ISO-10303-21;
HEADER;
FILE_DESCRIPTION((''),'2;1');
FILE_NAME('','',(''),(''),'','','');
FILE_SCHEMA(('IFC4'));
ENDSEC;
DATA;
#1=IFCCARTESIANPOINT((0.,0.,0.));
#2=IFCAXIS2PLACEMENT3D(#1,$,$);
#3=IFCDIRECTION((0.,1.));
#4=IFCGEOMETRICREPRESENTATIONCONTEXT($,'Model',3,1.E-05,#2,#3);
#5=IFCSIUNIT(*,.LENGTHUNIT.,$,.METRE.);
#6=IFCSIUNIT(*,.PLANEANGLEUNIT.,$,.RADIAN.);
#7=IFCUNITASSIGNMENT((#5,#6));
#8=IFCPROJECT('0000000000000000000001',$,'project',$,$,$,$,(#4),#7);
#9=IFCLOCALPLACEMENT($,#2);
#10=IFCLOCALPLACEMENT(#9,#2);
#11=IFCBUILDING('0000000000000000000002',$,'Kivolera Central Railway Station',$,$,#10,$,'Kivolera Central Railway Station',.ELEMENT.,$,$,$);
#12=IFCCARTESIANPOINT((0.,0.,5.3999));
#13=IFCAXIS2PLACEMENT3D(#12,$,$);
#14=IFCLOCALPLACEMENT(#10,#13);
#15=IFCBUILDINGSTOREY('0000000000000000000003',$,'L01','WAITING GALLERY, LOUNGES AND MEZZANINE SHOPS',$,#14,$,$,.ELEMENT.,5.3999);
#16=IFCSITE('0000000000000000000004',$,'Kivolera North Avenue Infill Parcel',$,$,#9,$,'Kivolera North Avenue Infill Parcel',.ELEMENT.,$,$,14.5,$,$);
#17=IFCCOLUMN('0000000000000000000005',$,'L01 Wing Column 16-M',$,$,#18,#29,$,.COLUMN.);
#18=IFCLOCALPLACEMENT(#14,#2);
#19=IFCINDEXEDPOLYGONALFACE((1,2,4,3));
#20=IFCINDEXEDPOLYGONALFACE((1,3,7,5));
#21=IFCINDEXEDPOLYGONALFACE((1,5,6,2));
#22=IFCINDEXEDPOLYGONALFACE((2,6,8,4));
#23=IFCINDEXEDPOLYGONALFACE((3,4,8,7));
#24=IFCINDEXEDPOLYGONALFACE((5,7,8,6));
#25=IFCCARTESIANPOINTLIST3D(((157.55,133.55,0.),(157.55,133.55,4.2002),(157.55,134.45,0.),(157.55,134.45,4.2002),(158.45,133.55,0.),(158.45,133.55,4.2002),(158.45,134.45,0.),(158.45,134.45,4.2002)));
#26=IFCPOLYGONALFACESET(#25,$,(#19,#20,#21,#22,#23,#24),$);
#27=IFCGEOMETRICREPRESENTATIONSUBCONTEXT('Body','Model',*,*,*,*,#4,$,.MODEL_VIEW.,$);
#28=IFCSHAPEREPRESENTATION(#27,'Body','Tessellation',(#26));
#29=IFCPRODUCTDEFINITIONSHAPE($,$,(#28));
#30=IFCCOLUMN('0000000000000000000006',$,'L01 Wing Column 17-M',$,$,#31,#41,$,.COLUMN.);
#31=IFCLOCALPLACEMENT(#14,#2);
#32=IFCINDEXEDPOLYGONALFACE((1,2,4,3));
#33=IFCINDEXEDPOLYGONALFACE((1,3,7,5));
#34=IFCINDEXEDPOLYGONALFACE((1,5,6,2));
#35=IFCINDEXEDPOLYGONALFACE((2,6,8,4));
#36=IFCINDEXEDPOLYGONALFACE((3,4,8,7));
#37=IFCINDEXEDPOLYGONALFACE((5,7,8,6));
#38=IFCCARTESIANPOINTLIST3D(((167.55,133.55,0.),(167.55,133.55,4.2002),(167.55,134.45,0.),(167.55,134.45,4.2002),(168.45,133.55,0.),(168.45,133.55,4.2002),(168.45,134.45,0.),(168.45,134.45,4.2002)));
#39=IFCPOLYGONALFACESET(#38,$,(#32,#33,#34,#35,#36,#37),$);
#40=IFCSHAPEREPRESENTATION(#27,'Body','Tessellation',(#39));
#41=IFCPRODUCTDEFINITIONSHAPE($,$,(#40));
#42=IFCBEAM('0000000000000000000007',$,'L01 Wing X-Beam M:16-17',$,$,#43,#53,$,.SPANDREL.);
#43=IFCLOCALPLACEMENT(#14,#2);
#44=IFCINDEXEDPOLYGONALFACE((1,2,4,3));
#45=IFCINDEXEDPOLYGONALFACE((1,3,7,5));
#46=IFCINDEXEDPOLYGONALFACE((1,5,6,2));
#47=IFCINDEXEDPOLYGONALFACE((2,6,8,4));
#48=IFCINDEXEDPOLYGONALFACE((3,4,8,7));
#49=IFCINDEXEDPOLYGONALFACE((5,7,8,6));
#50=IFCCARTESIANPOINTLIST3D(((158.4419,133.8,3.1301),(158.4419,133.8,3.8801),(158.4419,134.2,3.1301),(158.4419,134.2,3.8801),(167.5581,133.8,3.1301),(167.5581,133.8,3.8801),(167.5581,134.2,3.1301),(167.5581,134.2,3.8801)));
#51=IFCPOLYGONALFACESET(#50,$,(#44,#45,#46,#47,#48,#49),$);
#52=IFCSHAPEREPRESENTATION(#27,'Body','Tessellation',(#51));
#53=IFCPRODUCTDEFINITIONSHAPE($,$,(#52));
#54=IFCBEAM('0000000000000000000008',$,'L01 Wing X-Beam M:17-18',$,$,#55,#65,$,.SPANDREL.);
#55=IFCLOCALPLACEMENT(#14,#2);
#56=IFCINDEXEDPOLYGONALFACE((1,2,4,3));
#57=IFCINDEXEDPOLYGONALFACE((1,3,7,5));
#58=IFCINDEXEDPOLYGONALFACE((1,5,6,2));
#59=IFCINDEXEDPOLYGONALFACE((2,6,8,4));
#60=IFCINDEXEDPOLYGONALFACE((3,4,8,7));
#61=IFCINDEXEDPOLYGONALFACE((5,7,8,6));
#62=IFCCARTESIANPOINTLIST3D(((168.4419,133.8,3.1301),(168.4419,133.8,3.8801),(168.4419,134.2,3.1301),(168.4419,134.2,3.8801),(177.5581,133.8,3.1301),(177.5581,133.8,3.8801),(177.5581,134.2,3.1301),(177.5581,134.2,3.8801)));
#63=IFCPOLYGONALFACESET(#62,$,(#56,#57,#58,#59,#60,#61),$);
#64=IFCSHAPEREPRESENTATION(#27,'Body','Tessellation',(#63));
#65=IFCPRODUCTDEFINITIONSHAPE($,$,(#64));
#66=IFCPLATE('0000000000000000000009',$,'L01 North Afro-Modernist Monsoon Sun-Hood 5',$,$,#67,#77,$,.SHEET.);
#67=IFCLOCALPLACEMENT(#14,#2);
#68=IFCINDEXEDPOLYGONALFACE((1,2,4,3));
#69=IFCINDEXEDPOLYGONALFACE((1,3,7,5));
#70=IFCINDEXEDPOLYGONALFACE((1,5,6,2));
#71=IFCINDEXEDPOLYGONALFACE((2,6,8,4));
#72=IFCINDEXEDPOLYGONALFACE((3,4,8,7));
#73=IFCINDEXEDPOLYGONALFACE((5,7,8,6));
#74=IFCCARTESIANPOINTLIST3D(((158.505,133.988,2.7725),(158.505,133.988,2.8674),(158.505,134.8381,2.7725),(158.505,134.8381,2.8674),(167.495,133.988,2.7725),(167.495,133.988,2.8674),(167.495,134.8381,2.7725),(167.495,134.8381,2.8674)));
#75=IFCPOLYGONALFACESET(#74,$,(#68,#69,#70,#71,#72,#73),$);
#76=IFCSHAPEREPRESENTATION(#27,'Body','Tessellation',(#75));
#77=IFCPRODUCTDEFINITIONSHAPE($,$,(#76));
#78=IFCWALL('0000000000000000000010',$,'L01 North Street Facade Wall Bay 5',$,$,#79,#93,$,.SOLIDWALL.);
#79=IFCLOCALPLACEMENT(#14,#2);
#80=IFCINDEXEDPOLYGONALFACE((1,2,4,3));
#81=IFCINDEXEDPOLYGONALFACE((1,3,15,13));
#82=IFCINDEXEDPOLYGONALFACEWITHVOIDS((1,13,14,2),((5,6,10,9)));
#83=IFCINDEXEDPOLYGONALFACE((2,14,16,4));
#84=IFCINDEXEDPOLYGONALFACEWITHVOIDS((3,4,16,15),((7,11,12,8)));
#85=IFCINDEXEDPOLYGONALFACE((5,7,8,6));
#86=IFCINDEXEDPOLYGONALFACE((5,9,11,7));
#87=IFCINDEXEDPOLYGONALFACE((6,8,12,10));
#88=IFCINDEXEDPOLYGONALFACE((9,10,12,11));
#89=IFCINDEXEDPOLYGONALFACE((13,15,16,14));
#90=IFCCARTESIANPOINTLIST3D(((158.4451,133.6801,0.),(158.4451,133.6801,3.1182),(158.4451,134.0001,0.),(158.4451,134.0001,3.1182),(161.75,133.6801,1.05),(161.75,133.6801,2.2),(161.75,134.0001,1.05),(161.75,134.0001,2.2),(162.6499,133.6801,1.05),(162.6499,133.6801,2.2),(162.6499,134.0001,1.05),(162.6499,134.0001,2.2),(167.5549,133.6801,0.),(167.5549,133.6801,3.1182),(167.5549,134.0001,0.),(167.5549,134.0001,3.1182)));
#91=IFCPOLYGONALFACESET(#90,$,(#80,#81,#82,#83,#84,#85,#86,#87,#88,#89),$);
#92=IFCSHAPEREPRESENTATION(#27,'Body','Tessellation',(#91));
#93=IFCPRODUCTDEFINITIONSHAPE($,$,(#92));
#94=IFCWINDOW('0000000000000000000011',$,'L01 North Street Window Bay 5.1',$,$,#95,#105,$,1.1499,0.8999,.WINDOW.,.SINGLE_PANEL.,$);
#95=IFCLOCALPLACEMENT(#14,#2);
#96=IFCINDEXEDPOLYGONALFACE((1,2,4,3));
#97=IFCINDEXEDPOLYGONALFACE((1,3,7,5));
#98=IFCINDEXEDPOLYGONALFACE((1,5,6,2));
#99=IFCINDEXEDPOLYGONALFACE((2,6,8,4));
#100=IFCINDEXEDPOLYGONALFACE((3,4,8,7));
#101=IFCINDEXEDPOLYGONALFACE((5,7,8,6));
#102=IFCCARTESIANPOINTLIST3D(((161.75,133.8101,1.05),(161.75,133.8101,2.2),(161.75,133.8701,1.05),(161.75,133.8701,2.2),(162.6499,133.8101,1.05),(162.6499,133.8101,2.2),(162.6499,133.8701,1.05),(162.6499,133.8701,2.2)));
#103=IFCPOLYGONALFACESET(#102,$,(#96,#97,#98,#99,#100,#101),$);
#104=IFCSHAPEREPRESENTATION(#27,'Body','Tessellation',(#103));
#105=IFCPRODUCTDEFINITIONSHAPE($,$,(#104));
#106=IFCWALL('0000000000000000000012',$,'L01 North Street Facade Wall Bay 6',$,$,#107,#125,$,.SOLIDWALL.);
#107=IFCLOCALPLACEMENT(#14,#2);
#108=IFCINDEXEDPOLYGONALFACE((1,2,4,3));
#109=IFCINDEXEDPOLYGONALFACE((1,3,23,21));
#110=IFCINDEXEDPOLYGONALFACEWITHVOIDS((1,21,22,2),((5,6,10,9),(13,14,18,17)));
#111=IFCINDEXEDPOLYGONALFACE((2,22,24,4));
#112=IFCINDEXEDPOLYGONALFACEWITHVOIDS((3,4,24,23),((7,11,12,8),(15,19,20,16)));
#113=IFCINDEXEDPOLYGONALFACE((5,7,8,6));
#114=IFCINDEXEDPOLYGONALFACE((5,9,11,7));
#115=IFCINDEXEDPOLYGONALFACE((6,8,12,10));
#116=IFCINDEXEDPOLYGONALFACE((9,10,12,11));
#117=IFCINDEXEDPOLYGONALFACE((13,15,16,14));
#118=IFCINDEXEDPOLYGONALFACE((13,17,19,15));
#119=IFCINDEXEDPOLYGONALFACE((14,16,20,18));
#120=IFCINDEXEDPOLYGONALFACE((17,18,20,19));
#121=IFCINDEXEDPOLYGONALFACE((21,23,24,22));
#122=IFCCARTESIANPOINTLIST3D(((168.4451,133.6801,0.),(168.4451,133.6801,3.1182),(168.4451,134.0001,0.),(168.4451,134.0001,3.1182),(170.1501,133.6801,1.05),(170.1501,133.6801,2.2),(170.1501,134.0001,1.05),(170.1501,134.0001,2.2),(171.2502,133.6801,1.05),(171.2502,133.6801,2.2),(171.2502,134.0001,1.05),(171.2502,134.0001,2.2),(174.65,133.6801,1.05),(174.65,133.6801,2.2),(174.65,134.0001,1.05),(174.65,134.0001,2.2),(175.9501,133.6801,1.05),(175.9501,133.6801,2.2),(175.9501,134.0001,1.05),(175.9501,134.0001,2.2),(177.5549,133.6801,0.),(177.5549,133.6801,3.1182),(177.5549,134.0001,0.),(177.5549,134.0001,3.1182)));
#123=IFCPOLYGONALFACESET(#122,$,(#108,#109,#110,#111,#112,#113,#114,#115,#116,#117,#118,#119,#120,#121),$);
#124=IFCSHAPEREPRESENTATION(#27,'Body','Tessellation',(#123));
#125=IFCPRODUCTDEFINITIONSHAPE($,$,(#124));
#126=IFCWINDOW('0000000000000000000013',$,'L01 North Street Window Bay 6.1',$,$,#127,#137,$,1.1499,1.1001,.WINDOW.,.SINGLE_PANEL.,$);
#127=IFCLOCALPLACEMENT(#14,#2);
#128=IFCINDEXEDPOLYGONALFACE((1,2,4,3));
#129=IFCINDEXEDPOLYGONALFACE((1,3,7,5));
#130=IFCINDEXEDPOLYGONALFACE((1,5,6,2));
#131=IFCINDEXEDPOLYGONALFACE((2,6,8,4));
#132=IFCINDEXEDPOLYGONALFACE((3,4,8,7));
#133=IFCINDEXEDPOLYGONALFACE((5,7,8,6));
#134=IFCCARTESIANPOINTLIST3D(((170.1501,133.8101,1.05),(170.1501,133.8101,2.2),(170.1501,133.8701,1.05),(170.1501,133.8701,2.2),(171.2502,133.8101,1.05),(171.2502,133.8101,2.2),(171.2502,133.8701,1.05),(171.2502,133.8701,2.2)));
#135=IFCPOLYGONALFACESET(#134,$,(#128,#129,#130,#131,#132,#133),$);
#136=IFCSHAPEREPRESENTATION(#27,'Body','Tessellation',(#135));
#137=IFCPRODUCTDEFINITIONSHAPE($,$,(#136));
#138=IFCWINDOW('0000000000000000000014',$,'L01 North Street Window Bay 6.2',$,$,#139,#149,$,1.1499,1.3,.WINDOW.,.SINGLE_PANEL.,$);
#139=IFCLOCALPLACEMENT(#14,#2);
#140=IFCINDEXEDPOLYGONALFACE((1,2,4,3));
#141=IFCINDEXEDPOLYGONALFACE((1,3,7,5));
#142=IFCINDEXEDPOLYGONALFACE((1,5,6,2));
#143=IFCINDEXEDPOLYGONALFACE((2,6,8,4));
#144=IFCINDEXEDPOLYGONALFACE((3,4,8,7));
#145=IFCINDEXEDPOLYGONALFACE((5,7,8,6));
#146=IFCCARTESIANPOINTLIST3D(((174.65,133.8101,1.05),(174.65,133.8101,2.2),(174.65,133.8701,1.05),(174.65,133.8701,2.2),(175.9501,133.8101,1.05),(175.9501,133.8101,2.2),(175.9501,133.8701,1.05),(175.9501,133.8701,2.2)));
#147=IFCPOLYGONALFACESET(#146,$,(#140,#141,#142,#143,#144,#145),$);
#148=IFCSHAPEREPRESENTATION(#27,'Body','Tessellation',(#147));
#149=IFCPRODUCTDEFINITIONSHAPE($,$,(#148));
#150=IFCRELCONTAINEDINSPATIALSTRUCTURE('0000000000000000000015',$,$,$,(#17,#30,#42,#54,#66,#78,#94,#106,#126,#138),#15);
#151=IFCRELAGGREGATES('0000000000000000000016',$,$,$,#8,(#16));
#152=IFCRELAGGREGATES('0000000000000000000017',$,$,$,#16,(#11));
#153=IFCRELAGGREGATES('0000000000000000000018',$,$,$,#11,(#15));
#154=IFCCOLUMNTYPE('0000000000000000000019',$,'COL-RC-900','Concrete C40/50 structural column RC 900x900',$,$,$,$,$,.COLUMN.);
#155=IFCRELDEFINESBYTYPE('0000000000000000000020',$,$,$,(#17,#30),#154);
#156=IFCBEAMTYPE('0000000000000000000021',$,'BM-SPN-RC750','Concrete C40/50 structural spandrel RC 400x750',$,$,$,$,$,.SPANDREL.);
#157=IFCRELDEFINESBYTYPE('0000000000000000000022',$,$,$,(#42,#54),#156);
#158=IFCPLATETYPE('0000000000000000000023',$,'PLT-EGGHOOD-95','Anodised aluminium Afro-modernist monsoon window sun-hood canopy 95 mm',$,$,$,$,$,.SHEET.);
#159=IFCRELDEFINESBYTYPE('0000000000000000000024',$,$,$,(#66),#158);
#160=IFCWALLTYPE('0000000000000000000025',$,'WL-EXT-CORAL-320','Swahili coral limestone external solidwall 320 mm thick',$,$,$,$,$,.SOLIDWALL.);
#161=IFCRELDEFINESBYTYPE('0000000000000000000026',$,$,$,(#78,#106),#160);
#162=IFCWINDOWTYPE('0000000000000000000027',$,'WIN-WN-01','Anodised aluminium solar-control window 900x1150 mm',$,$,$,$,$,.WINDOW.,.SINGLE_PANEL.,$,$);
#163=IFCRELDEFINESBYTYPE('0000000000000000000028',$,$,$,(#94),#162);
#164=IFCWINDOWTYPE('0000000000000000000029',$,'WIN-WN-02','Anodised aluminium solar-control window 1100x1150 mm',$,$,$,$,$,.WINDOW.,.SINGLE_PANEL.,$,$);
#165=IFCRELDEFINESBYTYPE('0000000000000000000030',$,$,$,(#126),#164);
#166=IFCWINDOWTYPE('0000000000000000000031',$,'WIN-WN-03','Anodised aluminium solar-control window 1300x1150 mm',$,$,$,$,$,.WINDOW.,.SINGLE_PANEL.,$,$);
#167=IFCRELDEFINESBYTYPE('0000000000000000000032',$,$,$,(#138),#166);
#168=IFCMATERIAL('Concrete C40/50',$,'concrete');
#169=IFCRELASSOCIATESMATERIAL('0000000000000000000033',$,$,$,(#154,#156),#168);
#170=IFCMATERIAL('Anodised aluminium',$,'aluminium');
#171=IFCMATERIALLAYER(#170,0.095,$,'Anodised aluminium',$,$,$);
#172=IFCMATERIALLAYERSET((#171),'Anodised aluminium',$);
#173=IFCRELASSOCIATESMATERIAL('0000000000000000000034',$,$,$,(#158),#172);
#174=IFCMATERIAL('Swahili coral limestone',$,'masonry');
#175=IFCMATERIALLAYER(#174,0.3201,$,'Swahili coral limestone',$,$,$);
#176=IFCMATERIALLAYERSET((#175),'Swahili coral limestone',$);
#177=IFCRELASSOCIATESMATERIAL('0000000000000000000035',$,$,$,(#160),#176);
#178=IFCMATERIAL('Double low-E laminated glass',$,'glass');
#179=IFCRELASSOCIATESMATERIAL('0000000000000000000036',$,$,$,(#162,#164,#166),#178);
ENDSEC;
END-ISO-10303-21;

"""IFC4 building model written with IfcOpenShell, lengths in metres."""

from ifc_helpers import new_model, si_unit, direction, frame, frame_2d, origin, origin_2d, place, context, subcontext, project, spatial, rectangle, extrude, material, layer, layer_set, material_profile, profile_set, type_object, element, fill, save


model = new_model("IFC4")

# Units and contexts
model_context = context("Model", 3, precision=1e-05, world=origin(), true_north=direction((0.0, 1.0)))
body_context = subcontext(model_context, "Body", "Model", "MODEL_VIEW")
ifc_project = project(units=[si_unit("LENGTHUNIT", "METRE"), si_unit("PLANEANGLEUNIT", "RADIAN")], contexts=[model_context])

# Site, building, storey
site_placement = place(None, origin())
site = spatial("IfcSite", under=ifc_project, at=site_placement, Name="Kivolera North Avenue Infill Parcel", LongName="Kivolera North Avenue Infill Parcel", CompositionType="ELEMENT", RefElevation=14.5)
building_placement = place(site_placement, origin())
building = spatial("IfcBuilding", under=site, at=building_placement, Name="Kivolera Central Railway Station", LongName="Kivolera Central Railway Station", CompositionType="ELEMENT")
storey_placement = place(building_placement, frame((0.0, 0.0, 5.3999)))
storey = spatial("IfcBuildingStorey", under=building, at=storey_placement, Name="L01", Description="WAITING GALLERY, LOUNGES AND MEZZANINE SHOPS", CompositionType="ELEMENT", Elevation=5.3999)

# Columns
ifc_material_1 = material(Name="Concrete C40/50", Category="concrete")
ifc_material_profile_1 = material_profile(ifc_material_1, rectangle(XDim=0.8999, YDim=0.8999, at=origin_2d()), Name="RC 900x900")
ifc_profile_set_1 = profile_set([ifc_material_profile_1], Name="Concrete C40/50")
column_type = type_object("IfcColumnType", Name="COL-RC-900", Description="Concrete C40/50 structural column RC 900x900", PredefinedType="COLUMN", material=ifc_profile_set_1)
for number, where, z_axis, x_axis, name in (
    (1, (158.0, 134.0, 0.0), (0.0, 0.0, 1.0), (1.0, 0.0, 0.0), "L01 Wing Column 16-M"),
    (2, (168.0, 134.0, 0.0), (0.0, 0.0, 1.0), (1.0, 0.0, 0.0), "L01 Wing Column 17-M"),
):
    element("IfcColumn", number, at=place(storey_placement, frame(where, z_axis=z_axis, x_axis=x_axis)), inside=storey, type_object=column_type, Name=name, PredefinedType="COLUMN", context=body_context, shape_type="SweptSolid", body=[
        extrude(rectangle(XDim=0.8999, YDim=0.8999, at=origin_2d()), origin(), (0.0, 0.0, 1.0), 4.2002),
    ])

# Beams
ifc_material_profile_2 = material_profile(ifc_material_1, rectangle(XDim=0.3999, YDim=0.75, at=origin_2d()), Name="RC 400x750")
ifc_profile_set_2 = profile_set([ifc_material_profile_2], Name="Concrete C40/50")
beam_type = type_object("IfcBeamType", Name="BM-SPN-RC750", Description="Concrete C40/50 structural spandrel RC 400x750", PredefinedType="SPANDREL", material=ifc_profile_set_2)
for number, where, z_axis, x_axis, name in (
    (3, (158.4419, 134.0, 3.5051), (1.0, 0.0, 0.0), (0.0, 1.0, 0.0), "L01 Wing X-Beam M:16-17"),
    (4, (168.4419, 134.0, 3.5051), (1.0, 0.0, 0.0), (0.0, 1.0, 0.0), "L01 Wing X-Beam M:17-18"),
):
    element("IfcBeam", number, at=place(storey_placement, frame(where, z_axis=z_axis, x_axis=x_axis)), inside=storey, type_object=beam_type, Name=name, PredefinedType="SPANDREL", context=body_context, shape_type="SweptSolid", body=[
        extrude(rectangle(XDim=0.3999, YDim=0.75, at=origin_2d()), origin(), (0.0, 0.0, 1.0), 9.1162),
    ])

# Plate
ifc_material_2 = material(Name="Anodised aluminium", Category="aluminium")
ifc_layer_1 = layer(ifc_material_2, 0.095, Name="Anodised aluminium")
ifc_layer_set_1 = layer_set([ifc_layer_1], Name="Anodised aluminium")
plate_type = type_object("IfcPlateType", Name="PLT-EGGHOOD-95", Description="Anodised aluminium Afro-modernist monsoon window sun-hood canopy 95 mm", PredefinedType="SHEET", material=ifc_layer_set_1)
plate_placement = place(storey_placement, frame((163.0, 134.4131, 2.7725), z_axis=(0.0, 0.0, 1.0), x_axis=(1.0, 0.0, 0.0)))
element("IfcPlate", 5, at=plate_placement, inside=storey, type_object=plate_type, Name="L01 North Afro-Modernist Monsoon Sun-Hood 5", PredefinedType="SHEET", context=body_context, shape_type="SweptSolid", body=[
    extrude(rectangle(XDim=8.99, YDim=0.8501, at=origin_2d()), origin(), (0.0, 0.0, 1.0), 0.095),
])

# Wall, opening, window
ifc_material_3 = material(Name="Swahili coral limestone", Category="masonry")
ifc_layer_2 = layer(ifc_material_3, 0.3201, Name="Swahili coral limestone")
ifc_layer_set_2 = layer_set([ifc_layer_2], Name="Swahili coral limestone")
wall_type_1 = type_object("IfcWallType", Name="WL-EXT-CORAL-320", Description="Swahili coral limestone external solidwall 320 mm thick", PredefinedType="SOLIDWALL", material=ifc_layer_set_2)
wall_1_placement = place(storey_placement, frame((158.4451, 133.8401, 0.0), z_axis=(0.0, 0.0, 1.0), x_axis=(1.0, 0.0, 0.0)))
wall_1 = element("IfcWall", 6, at=wall_1_placement, inside=storey, type_object=wall_type_1, Name="L01 North Street Facade Wall Bay 5", PredefinedType="SOLIDWALL", context=body_context, shape_type="SweptSolid", body=[
    extrude(rectangle(XDim=9.1099, YDim=0.3201, at=frame_2d((4.5549, 0.0))), origin(), (0.0, 0.0, 1.0), 3.1182),
])
opening_1_placement = place(wall_1_placement, frame((3.3049, 0.0, 1.05)))
opening_1 = element("IfcOpeningElement", 7, at=opening_1_placement, cuts=wall_1, PredefinedType="OPENING", context=body_context, shape_type="SweptSolid", body=[
    extrude(rectangle(XDim=0.8999, YDim=1.1499, at=frame_2d((0.45, 0.575))), frame((0.0, 0.1699, 0.0), z_axis=(0.0, -1.0, 0.0), x_axis=(1.0, 0.0, 0.0)), (0.0, 0.0, 1.0), 0.3401),
])
ifc_material_4 = material(Name="Double low-E laminated glass", Category="glass")
window_type_1 = type_object("IfcWindowType", Name="WIN-WN-01", Description="Anodised aluminium solar-control window 900x1150 mm", PartitioningType="SINGLE_PANEL", PredefinedType="WINDOW", material=ifc_material_4)
window_1_placement = place(opening_1_placement, origin())
window_1 = element("IfcWindow", 8, at=window_1_placement, inside=storey, type_object=window_type_1, Name="L01 North Street Window Bay 5.1", OverallHeight=1.1499, OverallWidth=0.8999, PartitioningType="SINGLE_PANEL", PredefinedType="WINDOW", context=body_context, shape_type="SweptSolid", body=[
    extrude(rectangle(XDim=0.8999, YDim=1.1499, at=frame_2d((0.45, 0.575))), frame((0.0, 0.03, 0.0), z_axis=(0.0, -1.0, 0.0), x_axis=(1.0, 0.0, 0.0)), (0.0, 0.0, 1.0), 0.0601),
])
fill(opening_1, window_1)

# Wall, openings, windows
wall_2_placement = place(storey_placement, frame((168.4451, 133.8401, 0.0), z_axis=(0.0, 0.0, 1.0), x_axis=(1.0, 0.0, 0.0)))
wall_2 = element("IfcWall", 9, at=wall_2_placement, inside=storey, type_object=wall_type_1, Name="L01 North Street Facade Wall Bay 6", PredefinedType="SOLIDWALL", context=body_context, shape_type="SweptSolid", body=[
    extrude(rectangle(XDim=9.1099, YDim=0.3201, at=frame_2d((4.5549, 0.0))), origin(), (0.0, 0.0, 1.0), 3.1182),
])
opening_2_placement = place(wall_2_placement, frame((1.7051, 0.0, 1.05)))
opening_2 = element("IfcOpeningElement", 10, at=opening_2_placement, cuts=wall_2, PredefinedType="OPENING", context=body_context, shape_type="SweptSolid", body=[
    extrude(rectangle(XDim=1.1001, YDim=1.1499, at=frame_2d((0.55, 0.575))), frame((0.0, 0.1699, 0.0), z_axis=(0.0, -1.0, 0.0), x_axis=(1.0, 0.0, 0.0)), (0.0, 0.0, 1.0), 0.3401),
])
opening_3_placement = place(wall_2_placement, frame((6.2051, 0.0, 1.05)))
opening_3 = element("IfcOpeningElement", 11, at=opening_3_placement, cuts=wall_2, PredefinedType="OPENING", context=body_context, shape_type="SweptSolid", body=[
    extrude(rectangle(XDim=1.3, YDim=1.1499, at=frame_2d((0.6499, 0.575))), frame((0.0, 0.1699, 0.0), z_axis=(0.0, -1.0, 0.0), x_axis=(1.0, 0.0, 0.0)), (0.0, 0.0, 1.0), 0.3401),
])
window_type_2 = type_object("IfcWindowType", Name="WIN-WN-02", Description="Anodised aluminium solar-control window 1100x1150 mm", PartitioningType="SINGLE_PANEL", PredefinedType="WINDOW", material=ifc_material_4)
window_2_placement = place(opening_2_placement, origin())
window_2 = element("IfcWindow", 12, at=window_2_placement, inside=storey, type_object=window_type_2, Name="L01 North Street Window Bay 6.1", OverallHeight=1.1499, OverallWidth=1.1001, PartitioningType="SINGLE_PANEL", PredefinedType="WINDOW", context=body_context, shape_type="SweptSolid", body=[
    extrude(rectangle(XDim=1.1001, YDim=1.1499, at=frame_2d((0.55, 0.575))), frame((0.0, 0.03, 0.0), z_axis=(0.0, -1.0, 0.0), x_axis=(1.0, 0.0, 0.0)), (0.0, 0.0, 1.0), 0.0601),
])
fill(opening_2, window_2)
window_type_3 = type_object("IfcWindowType", Name="WIN-WN-03", Description="Anodised aluminium solar-control window 1300x1150 mm", PartitioningType="SINGLE_PANEL", PredefinedType="WINDOW", material=ifc_material_4)
window_3_placement = place(opening_3_placement, origin())
window_3 = element("IfcWindow", 13, at=window_3_placement, inside=storey, type_object=window_type_3, Name="L01 North Street Window Bay 6.2", OverallHeight=1.1499, OverallWidth=1.3, PartitioningType="SINGLE_PANEL", PredefinedType="WINDOW", context=body_context, shape_type="SweptSolid", body=[
    extrude(rectangle(XDim=1.3, YDim=1.1499, at=frame_2d((0.6499, 0.575))), frame((0.0, 0.03, 0.0), z_axis=(0.0, -1.0, 0.0), x_axis=(1.0, 0.0, 0.0)), (0.0, 0.0, 1.0), 0.0601),
])
fill(opening_3, window_3)

save(model, "model.ifc")
